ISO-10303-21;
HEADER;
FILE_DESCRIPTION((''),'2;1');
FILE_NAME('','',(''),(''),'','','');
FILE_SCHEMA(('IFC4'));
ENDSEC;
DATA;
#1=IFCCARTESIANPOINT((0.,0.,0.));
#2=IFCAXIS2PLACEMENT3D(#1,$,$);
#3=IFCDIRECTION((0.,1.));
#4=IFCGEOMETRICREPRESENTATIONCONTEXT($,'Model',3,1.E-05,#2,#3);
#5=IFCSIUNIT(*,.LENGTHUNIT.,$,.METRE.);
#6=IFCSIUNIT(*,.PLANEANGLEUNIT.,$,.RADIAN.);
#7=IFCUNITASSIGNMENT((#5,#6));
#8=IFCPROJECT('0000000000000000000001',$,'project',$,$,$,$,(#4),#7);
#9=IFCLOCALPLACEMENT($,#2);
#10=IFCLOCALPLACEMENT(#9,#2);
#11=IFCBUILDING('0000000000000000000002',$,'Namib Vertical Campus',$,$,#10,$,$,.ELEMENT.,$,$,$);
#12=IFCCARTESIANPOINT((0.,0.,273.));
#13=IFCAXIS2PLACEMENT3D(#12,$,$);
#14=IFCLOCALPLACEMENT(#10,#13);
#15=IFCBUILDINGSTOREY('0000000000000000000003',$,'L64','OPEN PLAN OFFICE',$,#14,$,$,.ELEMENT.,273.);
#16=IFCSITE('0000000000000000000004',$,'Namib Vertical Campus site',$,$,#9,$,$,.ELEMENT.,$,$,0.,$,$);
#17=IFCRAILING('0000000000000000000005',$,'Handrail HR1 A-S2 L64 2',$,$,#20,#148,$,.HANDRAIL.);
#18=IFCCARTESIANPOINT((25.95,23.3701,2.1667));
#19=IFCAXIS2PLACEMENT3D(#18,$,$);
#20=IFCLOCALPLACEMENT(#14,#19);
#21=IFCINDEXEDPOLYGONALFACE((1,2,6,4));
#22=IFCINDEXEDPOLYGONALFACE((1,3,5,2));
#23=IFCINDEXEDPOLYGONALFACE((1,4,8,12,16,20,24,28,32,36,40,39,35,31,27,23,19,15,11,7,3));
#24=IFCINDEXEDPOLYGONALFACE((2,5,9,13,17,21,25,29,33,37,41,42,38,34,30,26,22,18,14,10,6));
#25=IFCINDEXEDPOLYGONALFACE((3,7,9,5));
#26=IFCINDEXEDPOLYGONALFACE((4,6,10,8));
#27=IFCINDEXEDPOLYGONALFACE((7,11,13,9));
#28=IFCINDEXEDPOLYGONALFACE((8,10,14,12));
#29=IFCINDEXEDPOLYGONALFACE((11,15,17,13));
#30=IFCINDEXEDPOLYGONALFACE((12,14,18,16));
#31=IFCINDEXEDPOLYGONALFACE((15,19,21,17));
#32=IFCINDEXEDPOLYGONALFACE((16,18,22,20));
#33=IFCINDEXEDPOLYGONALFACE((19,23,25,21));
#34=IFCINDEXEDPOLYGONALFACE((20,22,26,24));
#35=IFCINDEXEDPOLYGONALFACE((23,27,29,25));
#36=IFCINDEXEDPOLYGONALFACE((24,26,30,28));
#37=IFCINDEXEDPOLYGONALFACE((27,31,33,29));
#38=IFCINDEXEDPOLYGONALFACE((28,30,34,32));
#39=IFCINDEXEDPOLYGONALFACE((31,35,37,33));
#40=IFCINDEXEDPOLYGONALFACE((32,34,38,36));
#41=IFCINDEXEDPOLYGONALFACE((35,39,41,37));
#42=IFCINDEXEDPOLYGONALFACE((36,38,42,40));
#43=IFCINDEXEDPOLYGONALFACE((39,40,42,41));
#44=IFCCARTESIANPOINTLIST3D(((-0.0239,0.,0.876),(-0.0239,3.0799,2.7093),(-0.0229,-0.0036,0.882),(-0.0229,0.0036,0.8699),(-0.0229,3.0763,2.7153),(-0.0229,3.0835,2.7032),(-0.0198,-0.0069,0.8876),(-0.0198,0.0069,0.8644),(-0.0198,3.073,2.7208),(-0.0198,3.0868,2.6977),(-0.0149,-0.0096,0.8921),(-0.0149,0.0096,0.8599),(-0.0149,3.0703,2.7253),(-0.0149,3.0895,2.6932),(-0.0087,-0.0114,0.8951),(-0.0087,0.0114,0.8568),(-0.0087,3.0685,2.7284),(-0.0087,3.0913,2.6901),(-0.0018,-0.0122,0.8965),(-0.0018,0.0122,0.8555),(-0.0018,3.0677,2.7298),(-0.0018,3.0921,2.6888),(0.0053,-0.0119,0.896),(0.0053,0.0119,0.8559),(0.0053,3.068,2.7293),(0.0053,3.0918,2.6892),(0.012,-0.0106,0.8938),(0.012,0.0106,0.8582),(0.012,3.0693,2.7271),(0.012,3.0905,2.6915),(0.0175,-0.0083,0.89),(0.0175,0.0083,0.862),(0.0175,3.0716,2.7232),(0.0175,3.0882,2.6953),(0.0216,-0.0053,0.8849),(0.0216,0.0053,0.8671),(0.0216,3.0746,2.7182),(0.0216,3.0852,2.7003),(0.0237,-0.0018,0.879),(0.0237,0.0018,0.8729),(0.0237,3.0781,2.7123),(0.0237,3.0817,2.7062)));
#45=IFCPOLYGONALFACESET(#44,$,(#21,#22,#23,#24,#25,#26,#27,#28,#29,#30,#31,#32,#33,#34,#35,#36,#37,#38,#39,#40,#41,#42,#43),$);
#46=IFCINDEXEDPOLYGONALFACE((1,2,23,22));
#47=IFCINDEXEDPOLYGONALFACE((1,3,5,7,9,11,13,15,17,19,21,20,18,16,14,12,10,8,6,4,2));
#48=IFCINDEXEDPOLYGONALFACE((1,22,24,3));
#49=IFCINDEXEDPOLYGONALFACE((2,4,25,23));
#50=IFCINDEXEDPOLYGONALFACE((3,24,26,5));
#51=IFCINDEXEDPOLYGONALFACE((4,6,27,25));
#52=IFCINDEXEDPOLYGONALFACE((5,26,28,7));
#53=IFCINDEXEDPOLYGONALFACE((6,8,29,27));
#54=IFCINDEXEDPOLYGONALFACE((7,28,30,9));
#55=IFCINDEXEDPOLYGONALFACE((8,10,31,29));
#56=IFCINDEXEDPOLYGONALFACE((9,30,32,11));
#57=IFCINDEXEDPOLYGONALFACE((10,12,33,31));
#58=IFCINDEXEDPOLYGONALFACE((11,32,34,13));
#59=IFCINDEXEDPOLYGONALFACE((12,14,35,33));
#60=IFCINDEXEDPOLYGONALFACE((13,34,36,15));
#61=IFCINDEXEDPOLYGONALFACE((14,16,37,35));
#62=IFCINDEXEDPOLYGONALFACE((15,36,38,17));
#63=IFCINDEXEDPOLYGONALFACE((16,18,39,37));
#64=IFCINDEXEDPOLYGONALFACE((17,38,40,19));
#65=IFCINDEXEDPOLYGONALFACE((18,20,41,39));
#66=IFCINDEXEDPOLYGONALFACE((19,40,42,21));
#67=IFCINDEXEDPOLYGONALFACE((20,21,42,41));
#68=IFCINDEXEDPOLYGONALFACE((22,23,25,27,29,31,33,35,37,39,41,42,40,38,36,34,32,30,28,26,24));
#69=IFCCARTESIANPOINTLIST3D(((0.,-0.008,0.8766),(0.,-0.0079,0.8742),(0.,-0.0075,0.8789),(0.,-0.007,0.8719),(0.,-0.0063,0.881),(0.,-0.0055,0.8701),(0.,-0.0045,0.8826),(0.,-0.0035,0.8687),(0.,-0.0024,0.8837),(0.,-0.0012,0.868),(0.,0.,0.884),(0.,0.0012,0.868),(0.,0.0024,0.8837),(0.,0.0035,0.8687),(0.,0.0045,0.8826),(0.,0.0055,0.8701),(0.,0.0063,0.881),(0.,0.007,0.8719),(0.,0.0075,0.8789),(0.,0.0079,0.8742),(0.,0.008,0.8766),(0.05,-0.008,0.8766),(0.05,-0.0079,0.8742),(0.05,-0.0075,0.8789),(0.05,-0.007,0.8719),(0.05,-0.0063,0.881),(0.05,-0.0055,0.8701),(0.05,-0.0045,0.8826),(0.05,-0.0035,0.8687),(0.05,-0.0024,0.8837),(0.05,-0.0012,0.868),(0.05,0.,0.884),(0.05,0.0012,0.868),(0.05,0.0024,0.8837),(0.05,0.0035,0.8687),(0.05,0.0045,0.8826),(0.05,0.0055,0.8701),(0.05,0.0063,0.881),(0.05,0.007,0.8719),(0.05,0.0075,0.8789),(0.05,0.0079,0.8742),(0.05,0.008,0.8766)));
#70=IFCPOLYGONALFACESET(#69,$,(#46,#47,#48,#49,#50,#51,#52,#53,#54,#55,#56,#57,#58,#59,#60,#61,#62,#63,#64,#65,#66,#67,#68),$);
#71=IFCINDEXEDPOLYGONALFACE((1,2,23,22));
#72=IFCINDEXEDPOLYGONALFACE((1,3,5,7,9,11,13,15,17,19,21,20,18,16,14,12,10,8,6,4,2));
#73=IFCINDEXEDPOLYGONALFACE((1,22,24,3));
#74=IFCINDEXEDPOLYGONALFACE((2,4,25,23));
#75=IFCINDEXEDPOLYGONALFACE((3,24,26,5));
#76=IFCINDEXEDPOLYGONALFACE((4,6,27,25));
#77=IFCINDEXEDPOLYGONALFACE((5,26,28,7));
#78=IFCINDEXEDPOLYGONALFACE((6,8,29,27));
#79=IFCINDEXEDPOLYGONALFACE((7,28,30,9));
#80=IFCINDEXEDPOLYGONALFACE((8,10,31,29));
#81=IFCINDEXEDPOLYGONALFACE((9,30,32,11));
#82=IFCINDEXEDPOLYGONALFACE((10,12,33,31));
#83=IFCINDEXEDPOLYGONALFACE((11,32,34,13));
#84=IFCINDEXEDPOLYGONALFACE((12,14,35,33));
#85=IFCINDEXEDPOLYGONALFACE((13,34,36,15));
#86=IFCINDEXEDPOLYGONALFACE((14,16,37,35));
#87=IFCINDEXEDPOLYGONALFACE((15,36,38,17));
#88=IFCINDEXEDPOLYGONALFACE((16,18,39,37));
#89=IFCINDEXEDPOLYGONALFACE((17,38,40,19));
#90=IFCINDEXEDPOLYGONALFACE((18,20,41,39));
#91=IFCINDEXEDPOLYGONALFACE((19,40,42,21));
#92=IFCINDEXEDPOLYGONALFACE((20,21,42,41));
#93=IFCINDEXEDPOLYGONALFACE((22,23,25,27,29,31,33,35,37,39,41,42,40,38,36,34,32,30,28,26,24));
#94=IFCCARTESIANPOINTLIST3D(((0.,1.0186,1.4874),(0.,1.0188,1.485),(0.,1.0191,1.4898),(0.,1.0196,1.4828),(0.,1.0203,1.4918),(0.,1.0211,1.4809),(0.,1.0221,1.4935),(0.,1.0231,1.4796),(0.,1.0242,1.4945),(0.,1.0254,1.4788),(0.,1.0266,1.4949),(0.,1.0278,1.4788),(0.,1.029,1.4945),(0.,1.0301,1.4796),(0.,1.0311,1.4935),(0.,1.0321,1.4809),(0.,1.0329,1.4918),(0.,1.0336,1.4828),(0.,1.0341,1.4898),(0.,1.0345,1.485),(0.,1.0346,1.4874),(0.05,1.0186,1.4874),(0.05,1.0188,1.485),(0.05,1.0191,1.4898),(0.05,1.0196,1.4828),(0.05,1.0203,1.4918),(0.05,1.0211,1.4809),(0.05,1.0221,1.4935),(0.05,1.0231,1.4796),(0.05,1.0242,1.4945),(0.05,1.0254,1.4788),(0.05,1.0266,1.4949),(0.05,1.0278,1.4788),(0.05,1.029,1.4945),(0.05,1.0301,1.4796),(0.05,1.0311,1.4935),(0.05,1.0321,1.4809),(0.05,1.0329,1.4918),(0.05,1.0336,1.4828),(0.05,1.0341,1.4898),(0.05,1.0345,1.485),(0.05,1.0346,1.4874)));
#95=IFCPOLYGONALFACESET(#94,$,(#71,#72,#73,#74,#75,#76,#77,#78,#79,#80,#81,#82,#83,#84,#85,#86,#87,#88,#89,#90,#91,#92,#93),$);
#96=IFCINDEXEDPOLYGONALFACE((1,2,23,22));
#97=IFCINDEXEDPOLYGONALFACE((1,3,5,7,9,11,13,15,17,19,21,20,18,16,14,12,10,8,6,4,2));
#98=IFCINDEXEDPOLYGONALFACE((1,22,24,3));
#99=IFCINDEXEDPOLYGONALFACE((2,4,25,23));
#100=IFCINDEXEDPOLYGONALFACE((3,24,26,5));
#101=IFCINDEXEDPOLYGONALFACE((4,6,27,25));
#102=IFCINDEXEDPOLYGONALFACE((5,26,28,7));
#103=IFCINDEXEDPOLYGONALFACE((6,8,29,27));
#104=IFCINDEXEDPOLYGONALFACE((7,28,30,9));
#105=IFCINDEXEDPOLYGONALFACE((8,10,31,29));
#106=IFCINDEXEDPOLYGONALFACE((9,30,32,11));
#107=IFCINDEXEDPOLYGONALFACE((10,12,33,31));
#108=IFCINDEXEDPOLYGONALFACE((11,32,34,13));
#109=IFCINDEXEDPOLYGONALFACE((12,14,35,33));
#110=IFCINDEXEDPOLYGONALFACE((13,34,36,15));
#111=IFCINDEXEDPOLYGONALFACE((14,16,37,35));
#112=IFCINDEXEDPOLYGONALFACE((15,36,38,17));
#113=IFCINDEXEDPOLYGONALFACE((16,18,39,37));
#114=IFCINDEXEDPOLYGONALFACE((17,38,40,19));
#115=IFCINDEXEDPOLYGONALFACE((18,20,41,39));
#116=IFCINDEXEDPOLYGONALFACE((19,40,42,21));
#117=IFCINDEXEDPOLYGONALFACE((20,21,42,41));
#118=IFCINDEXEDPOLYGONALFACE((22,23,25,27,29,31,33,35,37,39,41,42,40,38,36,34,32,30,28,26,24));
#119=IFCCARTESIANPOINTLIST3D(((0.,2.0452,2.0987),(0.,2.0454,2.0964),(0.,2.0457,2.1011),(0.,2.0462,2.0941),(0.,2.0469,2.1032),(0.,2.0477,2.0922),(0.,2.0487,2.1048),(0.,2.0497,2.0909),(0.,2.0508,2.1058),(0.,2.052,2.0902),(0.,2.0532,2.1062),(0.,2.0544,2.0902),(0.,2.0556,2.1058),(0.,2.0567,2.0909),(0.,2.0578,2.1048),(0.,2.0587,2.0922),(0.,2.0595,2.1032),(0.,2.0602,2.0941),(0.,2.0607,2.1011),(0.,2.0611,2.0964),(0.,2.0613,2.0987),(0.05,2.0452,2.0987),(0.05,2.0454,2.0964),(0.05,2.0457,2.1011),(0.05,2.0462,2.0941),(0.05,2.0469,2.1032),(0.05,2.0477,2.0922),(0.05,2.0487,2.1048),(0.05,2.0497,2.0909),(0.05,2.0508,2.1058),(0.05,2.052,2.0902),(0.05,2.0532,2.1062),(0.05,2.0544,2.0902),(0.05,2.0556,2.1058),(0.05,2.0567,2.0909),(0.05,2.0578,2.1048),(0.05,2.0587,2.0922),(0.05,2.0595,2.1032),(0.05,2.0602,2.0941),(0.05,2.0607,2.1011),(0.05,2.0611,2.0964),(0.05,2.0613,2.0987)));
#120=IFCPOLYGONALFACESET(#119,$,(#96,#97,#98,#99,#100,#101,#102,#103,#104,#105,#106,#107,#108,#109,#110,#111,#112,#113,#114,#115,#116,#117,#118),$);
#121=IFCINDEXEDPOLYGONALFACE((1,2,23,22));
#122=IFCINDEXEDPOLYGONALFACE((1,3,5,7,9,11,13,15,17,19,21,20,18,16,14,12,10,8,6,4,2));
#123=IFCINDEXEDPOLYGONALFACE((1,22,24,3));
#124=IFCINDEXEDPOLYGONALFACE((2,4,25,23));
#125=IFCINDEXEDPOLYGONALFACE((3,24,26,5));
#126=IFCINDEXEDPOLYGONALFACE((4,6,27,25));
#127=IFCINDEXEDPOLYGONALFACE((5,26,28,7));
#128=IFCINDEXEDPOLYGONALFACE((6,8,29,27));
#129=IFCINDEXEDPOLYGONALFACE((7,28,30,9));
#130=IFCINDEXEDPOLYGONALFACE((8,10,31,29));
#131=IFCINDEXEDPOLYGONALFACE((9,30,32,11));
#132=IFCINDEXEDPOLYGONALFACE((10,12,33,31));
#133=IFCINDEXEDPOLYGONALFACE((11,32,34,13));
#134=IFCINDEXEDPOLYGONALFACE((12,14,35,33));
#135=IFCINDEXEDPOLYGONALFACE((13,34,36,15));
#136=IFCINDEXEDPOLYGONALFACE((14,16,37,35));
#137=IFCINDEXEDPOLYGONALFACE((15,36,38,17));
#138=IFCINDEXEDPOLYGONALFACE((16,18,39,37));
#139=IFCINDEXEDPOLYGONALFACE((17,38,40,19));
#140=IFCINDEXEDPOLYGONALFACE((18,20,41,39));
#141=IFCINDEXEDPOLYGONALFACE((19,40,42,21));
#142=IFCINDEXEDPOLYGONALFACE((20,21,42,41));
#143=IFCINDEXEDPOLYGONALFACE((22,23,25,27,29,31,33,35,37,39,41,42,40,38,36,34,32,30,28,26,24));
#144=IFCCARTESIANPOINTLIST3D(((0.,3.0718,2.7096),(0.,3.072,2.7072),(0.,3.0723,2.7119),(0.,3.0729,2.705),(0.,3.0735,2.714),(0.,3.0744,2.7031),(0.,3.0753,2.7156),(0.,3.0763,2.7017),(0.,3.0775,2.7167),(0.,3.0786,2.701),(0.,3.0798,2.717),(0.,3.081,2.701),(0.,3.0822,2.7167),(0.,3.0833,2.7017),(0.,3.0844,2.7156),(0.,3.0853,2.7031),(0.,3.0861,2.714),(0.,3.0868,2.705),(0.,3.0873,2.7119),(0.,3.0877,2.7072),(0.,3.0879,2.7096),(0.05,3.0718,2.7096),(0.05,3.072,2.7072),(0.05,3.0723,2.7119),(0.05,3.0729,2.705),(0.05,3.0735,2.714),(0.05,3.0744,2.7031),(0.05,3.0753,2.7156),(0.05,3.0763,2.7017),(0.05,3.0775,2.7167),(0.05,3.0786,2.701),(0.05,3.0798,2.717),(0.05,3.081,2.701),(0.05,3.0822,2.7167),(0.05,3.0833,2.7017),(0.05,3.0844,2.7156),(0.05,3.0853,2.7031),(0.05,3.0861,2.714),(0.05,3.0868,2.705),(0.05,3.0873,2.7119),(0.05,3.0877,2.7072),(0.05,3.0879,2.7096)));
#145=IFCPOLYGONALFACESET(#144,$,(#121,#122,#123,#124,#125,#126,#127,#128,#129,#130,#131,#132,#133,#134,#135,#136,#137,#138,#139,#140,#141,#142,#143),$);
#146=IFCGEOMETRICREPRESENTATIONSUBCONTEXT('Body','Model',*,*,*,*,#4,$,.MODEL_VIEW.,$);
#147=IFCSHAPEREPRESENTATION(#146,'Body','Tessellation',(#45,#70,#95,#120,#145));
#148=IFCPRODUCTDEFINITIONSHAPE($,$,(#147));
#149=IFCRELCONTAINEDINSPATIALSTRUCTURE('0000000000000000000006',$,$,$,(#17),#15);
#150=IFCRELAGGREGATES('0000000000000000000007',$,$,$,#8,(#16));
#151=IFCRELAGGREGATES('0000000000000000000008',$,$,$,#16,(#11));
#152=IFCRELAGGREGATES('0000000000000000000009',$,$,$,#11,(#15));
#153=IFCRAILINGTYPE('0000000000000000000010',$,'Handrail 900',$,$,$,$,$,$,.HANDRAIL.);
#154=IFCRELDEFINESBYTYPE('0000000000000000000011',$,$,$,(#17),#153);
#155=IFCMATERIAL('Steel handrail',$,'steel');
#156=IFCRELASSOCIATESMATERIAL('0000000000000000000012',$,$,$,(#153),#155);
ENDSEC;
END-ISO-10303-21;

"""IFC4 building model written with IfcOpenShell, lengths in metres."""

from ifc_helpers import new_model, si_unit, direction, frame, origin, origin_2d, place, context, subcontext, project, spatial, circle, extrude, material, type_object, element, save


model = new_model("IFC4")

# Units and contexts
model_context = context("Model", 3, precision=1e-05, world=origin(), true_north=direction((0.0, 1.0)))
body_context = subcontext(model_context, "Body", "Model", "MODEL_VIEW")
ifc_project = project(units=[si_unit("LENGTHUNIT", "METRE"), si_unit("PLANEANGLEUNIT", "RADIAN")], contexts=[model_context])

# Site, building, storey
site_placement = place(None, origin())
site = spatial("IfcSite", under=ifc_project, at=site_placement, Name="Namib Vertical Campus site", CompositionType="ELEMENT", RefElevation=0.0)
building_placement = place(site_placement, origin())
building = spatial("IfcBuilding", under=site, at=building_placement, Name="Namib Vertical Campus", CompositionType="ELEMENT")
storey_placement = place(building_placement, frame((0.0, 0.0, 273.0)))
storey = spatial("IfcBuildingStorey", under=building, at=storey_placement, Name="L64", Description="OPEN PLAN OFFICE", CompositionType="ELEMENT", Elevation=273.0)

# Railing
ifc_material_1 = material(Name="Steel handrail", Category="steel")
railing_type_1 = type_object("IfcRailingType", Name="Handrail 900", PredefinedType="HANDRAIL", material=ifc_material_1)
railing_1_placement = place(storey_placement, frame((25.95, 23.3701, 2.1667)))
element("IfcRailing", 1, at=railing_1_placement, inside=storey, type_object=railing_type_1, Name="Handrail HR1 A-S2 L64 2", PredefinedType="HANDRAIL", context=body_context, shape_type="SweptSolid", body=[
    extrude(circle(Radius=0.0239, at=origin_2d()), frame((0.0, 0.0, 0.876), z_axis=(0.0, 0.859291, 0.511487), x_axis=(-1.0, 0.0, 0.0)), (0.0, 0.0, 1.0), 3.5842),
    extrude(circle(Radius=0.0081, at=origin_2d()), frame((0.0, 0.0, 0.876), z_axis=(1.0, 0.0, 0.0), x_axis=(0.0, 0.0, 1.0)), (0.0, 0.0, 1.0), 0.05),
    extrude(circle(Radius=0.0081, at=origin_2d()), frame((0.0, 1.0266, 1.4868), z_axis=(1.0, 0.0, 0.0), x_axis=(0.0, 0.0, 1.0)), (0.0, 0.0, 1.0), 0.05),
    extrude(circle(Radius=0.0081, at=origin_2d()), frame((0.0, 2.0532, 2.0981), z_axis=(1.0, 0.0, 0.0), x_axis=(0.0, 0.0, 1.0)), (0.0, 0.0, 1.0), 0.05),
    extrude(circle(Radius=0.0081, at=origin_2d()), frame((0.0, 3.0798, 2.709), z_axis=(1.0, 0.0, 0.0), x_axis=(0.0, 0.0, 1.0)), (0.0, 0.0, 1.0), 0.05),
])

save(model, "model.ifc")
